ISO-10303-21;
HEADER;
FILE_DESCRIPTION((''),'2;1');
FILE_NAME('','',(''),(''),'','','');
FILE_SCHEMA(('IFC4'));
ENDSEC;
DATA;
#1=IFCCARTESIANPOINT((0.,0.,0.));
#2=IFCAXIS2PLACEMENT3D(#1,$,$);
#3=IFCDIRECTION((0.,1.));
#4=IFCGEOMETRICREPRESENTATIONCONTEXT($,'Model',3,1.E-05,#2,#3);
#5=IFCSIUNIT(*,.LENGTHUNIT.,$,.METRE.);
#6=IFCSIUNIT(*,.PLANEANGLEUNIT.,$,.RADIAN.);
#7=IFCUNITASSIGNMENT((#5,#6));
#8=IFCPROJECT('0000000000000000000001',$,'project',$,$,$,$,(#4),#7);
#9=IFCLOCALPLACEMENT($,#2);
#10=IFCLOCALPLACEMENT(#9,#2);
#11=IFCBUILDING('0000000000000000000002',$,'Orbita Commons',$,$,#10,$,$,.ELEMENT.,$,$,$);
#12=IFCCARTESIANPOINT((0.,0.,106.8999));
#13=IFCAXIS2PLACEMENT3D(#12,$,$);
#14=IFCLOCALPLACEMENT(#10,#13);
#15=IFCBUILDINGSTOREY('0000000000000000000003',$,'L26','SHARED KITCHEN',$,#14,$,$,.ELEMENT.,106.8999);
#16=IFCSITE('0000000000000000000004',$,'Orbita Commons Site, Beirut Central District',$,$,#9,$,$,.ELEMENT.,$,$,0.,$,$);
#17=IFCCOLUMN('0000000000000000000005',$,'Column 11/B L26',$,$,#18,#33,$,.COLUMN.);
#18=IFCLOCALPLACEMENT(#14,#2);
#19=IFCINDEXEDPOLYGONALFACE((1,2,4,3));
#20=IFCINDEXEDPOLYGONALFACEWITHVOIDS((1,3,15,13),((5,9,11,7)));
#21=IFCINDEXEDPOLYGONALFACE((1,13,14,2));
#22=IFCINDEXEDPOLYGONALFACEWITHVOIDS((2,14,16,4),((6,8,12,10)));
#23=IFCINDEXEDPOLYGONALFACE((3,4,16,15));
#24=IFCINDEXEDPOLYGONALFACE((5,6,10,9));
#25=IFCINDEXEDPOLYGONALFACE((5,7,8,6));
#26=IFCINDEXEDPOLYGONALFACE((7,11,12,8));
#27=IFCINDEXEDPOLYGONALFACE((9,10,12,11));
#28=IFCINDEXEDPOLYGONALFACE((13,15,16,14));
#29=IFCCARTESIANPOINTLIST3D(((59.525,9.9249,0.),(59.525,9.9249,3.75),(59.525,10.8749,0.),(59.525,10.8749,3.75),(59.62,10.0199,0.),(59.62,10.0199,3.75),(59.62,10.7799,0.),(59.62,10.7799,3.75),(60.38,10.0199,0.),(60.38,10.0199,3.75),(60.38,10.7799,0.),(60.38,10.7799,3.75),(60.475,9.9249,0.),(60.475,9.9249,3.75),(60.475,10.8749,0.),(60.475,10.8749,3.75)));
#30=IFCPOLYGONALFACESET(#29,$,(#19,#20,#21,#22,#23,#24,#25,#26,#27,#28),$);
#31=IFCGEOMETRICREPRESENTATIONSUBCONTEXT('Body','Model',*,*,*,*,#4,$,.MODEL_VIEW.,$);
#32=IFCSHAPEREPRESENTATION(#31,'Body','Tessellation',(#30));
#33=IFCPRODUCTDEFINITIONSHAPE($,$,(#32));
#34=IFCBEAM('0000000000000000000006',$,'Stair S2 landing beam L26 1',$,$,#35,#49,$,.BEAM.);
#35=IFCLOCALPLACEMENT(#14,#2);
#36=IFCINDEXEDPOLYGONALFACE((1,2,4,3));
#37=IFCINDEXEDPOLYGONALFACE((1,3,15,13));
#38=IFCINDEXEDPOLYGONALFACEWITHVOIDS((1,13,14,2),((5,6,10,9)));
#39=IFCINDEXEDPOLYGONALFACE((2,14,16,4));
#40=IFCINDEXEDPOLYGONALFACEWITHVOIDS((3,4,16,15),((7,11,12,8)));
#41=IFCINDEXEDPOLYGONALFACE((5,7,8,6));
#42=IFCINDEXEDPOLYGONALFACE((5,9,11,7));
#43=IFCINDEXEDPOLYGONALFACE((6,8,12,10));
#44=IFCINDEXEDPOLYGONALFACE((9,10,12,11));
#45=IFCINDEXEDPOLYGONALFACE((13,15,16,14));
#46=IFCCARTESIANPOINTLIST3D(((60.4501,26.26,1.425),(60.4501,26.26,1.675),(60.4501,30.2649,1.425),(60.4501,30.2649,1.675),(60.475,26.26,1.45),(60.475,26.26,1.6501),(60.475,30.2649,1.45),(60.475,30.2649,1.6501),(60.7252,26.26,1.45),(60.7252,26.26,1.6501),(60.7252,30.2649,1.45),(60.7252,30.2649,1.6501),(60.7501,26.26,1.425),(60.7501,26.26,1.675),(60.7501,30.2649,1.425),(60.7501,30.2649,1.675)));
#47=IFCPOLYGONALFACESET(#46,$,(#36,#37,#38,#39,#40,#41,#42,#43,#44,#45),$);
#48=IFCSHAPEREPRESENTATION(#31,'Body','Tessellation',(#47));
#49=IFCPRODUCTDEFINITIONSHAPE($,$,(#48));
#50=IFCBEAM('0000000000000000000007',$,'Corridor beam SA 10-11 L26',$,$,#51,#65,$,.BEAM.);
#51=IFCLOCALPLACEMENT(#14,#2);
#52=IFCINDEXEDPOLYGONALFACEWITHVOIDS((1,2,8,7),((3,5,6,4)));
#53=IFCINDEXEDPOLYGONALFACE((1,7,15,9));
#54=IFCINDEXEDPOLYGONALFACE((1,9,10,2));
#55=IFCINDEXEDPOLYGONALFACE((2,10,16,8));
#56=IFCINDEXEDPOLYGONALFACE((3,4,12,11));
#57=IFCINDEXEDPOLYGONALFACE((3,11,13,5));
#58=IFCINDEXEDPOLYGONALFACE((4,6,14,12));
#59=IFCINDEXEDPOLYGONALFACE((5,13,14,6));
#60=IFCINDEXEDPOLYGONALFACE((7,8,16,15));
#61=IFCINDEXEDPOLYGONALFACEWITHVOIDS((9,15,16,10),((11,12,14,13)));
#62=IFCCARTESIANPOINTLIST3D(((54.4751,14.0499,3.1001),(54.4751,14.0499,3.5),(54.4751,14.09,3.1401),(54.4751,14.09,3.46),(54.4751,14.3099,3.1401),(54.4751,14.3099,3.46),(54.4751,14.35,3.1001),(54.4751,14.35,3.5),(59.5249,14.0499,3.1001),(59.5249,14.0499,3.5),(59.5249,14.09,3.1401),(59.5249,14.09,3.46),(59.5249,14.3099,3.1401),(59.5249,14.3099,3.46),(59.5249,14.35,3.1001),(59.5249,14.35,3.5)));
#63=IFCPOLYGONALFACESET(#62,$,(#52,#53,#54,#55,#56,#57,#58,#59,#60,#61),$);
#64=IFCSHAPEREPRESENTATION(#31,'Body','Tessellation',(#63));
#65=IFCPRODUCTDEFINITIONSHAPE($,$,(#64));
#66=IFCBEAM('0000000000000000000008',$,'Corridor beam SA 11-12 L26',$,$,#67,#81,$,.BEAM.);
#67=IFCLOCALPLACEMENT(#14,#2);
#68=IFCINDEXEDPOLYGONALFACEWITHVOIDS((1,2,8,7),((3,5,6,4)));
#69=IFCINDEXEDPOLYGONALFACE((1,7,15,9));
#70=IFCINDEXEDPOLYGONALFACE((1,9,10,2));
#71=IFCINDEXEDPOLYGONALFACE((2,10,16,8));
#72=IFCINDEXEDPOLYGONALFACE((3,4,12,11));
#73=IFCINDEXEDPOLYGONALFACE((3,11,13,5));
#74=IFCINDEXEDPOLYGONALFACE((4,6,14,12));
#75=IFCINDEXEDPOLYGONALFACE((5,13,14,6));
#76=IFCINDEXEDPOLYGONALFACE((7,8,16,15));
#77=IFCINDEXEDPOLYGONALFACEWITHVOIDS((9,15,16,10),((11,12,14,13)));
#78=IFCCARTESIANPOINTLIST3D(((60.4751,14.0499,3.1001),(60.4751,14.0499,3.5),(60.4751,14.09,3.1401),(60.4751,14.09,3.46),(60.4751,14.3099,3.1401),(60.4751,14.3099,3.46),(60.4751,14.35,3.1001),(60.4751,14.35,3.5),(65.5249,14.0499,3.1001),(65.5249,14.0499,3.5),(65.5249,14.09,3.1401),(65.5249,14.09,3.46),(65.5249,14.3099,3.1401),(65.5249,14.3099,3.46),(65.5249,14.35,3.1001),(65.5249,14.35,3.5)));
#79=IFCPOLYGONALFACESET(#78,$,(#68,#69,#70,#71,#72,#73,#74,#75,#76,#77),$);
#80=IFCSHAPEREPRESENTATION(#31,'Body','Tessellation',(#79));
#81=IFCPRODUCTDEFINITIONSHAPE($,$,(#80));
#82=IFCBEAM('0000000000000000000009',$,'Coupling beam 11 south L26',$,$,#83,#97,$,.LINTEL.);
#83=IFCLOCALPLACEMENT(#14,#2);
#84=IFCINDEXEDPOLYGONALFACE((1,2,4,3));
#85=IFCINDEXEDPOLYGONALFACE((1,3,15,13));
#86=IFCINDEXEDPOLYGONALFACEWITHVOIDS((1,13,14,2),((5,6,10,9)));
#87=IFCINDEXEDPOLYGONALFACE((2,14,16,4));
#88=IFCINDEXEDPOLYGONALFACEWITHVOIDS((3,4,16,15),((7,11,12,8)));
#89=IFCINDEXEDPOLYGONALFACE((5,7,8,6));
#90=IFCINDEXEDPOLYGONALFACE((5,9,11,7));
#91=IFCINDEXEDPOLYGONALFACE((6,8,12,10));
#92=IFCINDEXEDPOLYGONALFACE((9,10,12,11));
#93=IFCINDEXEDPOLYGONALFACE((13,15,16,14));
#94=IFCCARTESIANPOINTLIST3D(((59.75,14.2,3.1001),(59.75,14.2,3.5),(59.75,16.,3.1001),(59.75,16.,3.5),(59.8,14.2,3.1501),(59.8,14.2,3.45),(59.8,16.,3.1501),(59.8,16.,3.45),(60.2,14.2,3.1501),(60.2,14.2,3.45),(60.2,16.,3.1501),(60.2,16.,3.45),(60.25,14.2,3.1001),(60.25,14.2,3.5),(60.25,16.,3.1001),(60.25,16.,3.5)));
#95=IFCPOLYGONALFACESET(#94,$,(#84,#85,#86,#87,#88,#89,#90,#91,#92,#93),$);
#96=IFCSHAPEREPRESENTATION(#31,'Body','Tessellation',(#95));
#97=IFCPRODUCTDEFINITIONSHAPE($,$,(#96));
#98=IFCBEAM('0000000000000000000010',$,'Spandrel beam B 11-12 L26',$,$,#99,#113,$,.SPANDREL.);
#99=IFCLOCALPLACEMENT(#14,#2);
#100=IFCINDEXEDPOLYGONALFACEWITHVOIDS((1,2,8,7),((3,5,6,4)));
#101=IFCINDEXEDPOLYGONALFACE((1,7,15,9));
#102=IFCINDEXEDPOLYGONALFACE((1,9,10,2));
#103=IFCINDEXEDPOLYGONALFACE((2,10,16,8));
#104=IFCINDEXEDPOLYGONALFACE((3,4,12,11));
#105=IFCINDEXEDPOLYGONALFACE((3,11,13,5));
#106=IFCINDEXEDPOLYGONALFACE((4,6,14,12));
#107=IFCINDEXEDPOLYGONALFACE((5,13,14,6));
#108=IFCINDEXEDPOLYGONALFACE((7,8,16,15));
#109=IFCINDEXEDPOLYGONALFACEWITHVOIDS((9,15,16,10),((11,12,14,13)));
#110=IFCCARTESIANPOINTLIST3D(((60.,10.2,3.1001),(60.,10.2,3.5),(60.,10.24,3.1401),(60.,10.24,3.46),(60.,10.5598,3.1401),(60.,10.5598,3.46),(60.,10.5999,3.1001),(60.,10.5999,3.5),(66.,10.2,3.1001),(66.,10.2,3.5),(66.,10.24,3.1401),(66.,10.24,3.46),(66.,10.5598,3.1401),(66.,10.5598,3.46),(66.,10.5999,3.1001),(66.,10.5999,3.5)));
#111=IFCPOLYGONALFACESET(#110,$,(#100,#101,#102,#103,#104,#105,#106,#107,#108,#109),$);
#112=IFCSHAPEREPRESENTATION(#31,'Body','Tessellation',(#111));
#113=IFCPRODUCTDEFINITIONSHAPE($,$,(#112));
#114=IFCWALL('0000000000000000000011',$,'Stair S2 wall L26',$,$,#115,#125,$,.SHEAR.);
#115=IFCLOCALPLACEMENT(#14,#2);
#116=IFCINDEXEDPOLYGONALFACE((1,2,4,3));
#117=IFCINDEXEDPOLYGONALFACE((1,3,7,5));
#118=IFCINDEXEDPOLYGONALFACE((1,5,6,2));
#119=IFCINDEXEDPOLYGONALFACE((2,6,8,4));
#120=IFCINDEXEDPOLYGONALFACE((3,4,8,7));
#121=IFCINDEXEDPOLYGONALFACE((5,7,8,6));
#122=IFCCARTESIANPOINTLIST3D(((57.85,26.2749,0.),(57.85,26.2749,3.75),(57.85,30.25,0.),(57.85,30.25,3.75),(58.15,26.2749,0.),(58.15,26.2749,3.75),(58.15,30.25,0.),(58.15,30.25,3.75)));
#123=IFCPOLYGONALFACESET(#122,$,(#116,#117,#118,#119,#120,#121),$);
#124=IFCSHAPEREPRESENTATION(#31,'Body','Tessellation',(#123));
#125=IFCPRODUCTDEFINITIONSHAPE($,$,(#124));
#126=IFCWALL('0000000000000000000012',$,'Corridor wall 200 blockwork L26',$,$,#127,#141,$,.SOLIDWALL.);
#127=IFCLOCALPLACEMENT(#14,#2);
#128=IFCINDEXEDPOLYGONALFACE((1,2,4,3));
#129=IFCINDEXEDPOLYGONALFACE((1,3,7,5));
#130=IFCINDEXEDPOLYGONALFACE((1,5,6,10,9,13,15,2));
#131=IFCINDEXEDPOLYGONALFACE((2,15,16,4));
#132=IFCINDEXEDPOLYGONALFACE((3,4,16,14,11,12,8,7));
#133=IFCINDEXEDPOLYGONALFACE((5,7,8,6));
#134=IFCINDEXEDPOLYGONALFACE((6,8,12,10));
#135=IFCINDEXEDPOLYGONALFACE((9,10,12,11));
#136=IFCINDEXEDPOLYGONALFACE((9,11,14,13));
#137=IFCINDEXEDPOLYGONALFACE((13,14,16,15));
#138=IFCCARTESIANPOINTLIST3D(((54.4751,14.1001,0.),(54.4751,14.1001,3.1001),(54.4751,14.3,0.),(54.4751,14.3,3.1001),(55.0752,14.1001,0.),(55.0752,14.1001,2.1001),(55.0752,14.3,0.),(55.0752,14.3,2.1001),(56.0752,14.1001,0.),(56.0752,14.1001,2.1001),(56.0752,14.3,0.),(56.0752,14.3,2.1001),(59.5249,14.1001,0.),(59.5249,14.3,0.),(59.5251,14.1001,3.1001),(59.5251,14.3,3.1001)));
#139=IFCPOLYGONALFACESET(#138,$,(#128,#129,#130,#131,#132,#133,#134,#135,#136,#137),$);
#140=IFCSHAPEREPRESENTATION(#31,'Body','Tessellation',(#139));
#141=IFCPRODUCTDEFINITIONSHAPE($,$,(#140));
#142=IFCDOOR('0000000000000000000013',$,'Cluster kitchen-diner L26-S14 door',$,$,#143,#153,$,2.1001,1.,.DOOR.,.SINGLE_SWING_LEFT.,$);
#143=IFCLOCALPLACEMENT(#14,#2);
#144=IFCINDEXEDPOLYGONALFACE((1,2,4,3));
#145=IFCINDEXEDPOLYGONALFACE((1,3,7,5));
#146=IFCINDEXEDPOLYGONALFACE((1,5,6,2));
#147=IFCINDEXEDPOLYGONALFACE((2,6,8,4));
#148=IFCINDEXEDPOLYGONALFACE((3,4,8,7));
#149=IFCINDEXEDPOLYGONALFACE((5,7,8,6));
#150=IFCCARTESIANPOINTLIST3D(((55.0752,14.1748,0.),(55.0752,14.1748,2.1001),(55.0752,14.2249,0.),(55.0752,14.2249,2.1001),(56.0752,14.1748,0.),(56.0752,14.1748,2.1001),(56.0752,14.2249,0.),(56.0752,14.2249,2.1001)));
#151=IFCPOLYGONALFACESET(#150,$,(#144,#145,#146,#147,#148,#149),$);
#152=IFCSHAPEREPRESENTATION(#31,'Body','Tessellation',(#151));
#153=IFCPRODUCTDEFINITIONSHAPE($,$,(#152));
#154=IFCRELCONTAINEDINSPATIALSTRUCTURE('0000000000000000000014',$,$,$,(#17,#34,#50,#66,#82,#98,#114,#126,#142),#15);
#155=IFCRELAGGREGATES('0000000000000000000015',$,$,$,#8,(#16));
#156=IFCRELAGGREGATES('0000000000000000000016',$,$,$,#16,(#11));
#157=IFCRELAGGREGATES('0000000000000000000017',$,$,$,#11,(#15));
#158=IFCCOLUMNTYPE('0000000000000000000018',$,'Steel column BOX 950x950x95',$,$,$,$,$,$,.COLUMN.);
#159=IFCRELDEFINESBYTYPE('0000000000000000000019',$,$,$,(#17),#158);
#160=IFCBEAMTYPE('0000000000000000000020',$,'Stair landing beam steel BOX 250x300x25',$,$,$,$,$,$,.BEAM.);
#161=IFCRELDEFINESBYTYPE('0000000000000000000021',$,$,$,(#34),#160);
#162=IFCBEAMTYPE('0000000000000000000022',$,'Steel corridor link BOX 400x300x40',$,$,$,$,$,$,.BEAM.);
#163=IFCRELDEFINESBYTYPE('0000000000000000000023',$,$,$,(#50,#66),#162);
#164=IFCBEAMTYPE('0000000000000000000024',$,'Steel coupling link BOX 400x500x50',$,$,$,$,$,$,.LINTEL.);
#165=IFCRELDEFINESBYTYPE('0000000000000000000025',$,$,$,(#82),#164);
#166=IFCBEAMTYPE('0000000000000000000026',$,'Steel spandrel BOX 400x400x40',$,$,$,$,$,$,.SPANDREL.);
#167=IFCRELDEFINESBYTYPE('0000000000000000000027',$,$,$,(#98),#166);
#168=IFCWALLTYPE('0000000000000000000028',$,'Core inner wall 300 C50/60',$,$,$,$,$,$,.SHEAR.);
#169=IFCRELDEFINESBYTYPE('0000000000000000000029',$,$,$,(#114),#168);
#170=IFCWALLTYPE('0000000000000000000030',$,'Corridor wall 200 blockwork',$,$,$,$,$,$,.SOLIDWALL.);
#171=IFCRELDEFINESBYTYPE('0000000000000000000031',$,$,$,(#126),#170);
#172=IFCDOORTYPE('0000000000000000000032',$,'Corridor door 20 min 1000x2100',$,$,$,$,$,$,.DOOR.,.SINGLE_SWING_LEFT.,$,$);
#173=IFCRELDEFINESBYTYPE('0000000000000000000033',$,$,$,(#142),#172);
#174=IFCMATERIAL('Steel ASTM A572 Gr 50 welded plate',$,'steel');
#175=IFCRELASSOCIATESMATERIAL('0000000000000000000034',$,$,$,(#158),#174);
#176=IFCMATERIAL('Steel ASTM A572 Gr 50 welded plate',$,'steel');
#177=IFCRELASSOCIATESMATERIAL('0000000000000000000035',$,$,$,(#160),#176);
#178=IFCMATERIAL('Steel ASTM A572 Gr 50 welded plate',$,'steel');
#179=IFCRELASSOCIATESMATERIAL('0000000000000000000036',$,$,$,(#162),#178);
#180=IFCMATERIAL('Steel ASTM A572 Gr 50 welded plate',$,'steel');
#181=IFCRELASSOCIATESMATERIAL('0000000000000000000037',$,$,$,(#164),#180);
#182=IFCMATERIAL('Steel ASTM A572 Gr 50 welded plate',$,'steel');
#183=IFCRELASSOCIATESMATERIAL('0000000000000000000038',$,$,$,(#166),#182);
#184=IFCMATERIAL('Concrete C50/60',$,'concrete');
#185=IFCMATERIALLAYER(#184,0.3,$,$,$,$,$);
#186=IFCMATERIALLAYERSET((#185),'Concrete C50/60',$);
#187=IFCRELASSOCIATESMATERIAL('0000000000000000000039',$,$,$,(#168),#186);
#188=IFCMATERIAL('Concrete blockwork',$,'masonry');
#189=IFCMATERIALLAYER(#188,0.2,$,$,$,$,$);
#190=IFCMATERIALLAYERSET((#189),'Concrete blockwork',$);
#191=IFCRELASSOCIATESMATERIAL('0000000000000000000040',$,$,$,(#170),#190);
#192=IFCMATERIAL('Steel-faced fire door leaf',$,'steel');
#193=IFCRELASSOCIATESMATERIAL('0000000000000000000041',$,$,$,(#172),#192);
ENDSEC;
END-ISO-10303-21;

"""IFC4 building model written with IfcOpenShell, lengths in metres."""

from ifc_helpers import new_model, si_unit, direction, frame, frame_2d, origin, origin_2d, place, context, subcontext, project, spatial, polyline, rectangle, hollow_rectangle, outline, extrude, material, layer, layer_set, material_profile, profile_set, type_object, element, fill, save


model = new_model("IFC4")

# Units and contexts
model_context = context("Model", 3, precision=1e-05, world=origin(), true_north=direction((0.0, 1.0)))
body_context = subcontext(model_context, "Body", "Model", "MODEL_VIEW")
ifc_project = project(units=[si_unit("LENGTHUNIT", "METRE"), si_unit("PLANEANGLEUNIT", "RADIAN")], contexts=[model_context])

# Site, building, storey
site_placement = place(None, origin())
site = spatial("IfcSite", under=ifc_project, at=site_placement, Name="Orbita Commons Site, Beirut Central District", CompositionType="ELEMENT", RefElevation=0.0)
building_placement = place(site_placement, origin())
building = spatial("IfcBuilding", under=site, at=building_placement, Name="Orbita Commons", CompositionType="ELEMENT")
storey_placement = place(building_placement, frame((0.0, 0.0, 106.8999)))
storey = spatial("IfcBuildingStorey", under=building, at=storey_placement, Name="L26", Description="SHARED KITCHEN", CompositionType="ELEMENT", Elevation=106.8999)

# Column
ifc_material_1 = material(Name="Steel ASTM A572 Gr 50 welded plate", Category="steel")
ifc_material_profile_1 = material_profile(ifc_material_1, hollow_rectangle(XDim=0.95, YDim=0.95, WallThickness=0.095, at=origin_2d()), Name="BOX 950x950x95")
ifc_profile_set_1 = profile_set([ifc_material_profile_1], Name="Steel ASTM A572 Gr 50 welded plate")
column_type = type_object("IfcColumnType", Name="Steel column BOX 950x950x95", PredefinedType="COLUMN", material=ifc_profile_set_1)
column_placement = place(storey_placement, frame((60.0, 10.3999, 0.0), z_axis=(0.0, 0.0, 1.0), x_axis=(1.0, 0.0, 0.0)))
element("IfcColumn", 1, at=column_placement, inside=storey, type_object=column_type, Name="Column 11/B L26", PredefinedType="COLUMN", context=body_context, shape_type="SweptSolid", body=[
    extrude(hollow_rectangle(XDim=0.95, YDim=0.95, WallThickness=0.095, at=origin_2d()), origin(), (0.0, 0.0, 1.0), 3.75),
])

# Beams
ifc_material_2 = material(Name="Steel ASTM A572 Gr 50 welded plate", Category="steel")
ifc_material_profile_2 = material_profile(ifc_material_2, hollow_rectangle(XDim=0.3, YDim=0.25, WallThickness=0.0249, at=origin_2d()), Name="BOX 250x300x25")
ifc_profile_set_2 = profile_set([ifc_material_profile_2], Name="Steel ASTM A572 Gr 50 welded plate")
beam_type_1 = type_object("IfcBeamType", Name="Stair landing beam steel BOX 250x300x25", PredefinedType="BEAM", material=ifc_profile_set_2)
beam_1_placement = place(storey_placement, frame((60.6001, 26.26, 1.55), z_axis=(0.0, 1.0, 0.0), x_axis=(-1.0, 0.0, 0.0)))
element("IfcBeam", 2, at=beam_1_placement, inside=storey, type_object=beam_type_1, Name="Stair S2 landing beam L26 1", PredefinedType="BEAM", context=body_context, shape_type="SweptSolid", body=[
    extrude(hollow_rectangle(XDim=0.3, YDim=0.25, WallThickness=0.0249, at=origin_2d()), origin(), (0.0, 0.0, 1.0), 4.0049),
])
ifc_material_3 = material(Name="Steel ASTM A572 Gr 50 welded plate", Category="steel")
ifc_material_profile_3 = material_profile(ifc_material_3, hollow_rectangle(XDim=0.3, YDim=0.3999, WallThickness=0.04, at=origin_2d()), Name="BOX 400x300x40")
ifc_profile_set_3 = profile_set([ifc_material_profile_3], Name="Steel ASTM A572 Gr 50 welded plate")
beam_type_2 = type_object("IfcBeamType", Name="Steel corridor link BOX 400x300x40", PredefinedType="BEAM", material=ifc_profile_set_3)
for number, where, z_axis, x_axis, name in (
    (3, (54.4751, 14.2, 3.3), (1.0, 0.0, 0.0), (0.0, 1.0, 0.0), "Corridor beam SA 10-11 L26"),
    (4, (60.4751, 14.2, 3.3), (1.0, 0.0, 0.0), (0.0, 1.0, 0.0), "Corridor beam SA 11-12 L26"),
):
    element("IfcBeam", number, at=place(storey_placement, frame(where, z_axis=z_axis, x_axis=x_axis)), inside=storey, type_object=beam_type_2, Name=name, PredefinedType="BEAM", context=body_context, shape_type="SweptSolid", body=[
        extrude(hollow_rectangle(XDim=0.3, YDim=0.3999, WallThickness=0.04, at=origin_2d()), origin(), (0.0, 0.0, 1.0), 5.0498),
    ])
ifc_material_4 = material(Name="Steel ASTM A572 Gr 50 welded plate", Category="steel")
ifc_material_profile_4 = material_profile(ifc_material_4, hollow_rectangle(XDim=0.5, YDim=0.3999, WallThickness=0.05, at=origin_2d()), Name="BOX 400x500x50")
ifc_profile_set_4 = profile_set([ifc_material_profile_4], Name="Steel ASTM A572 Gr 50 welded plate")
beam_type_3 = type_object("IfcBeamType", Name="Steel coupling link BOX 400x500x50", PredefinedType="LINTEL", material=ifc_profile_set_4)
beam_2_placement = place(storey_placement, frame((60.0, 14.2, 3.3), z_axis=(0.0, 1.0, 0.0), x_axis=(-1.0, 0.0, 0.0)))
element("IfcBeam", 5, at=beam_2_placement, inside=storey, type_object=beam_type_3, Name="Coupling beam 11 south L26", PredefinedType="LINTEL", context=body_context, shape_type="SweptSolid", body=[
    extrude(hollow_rectangle(XDim=0.5, YDim=0.3999, WallThickness=0.05, at=origin_2d()), origin(), (0.0, 0.0, 1.0), 1.8),
])
ifc_material_5 = material(Name="Steel ASTM A572 Gr 50 welded plate", Category="steel")
ifc_material_profile_5 = material_profile(ifc_material_5, hollow_rectangle(XDim=0.3999, YDim=0.3999, WallThickness=0.04, at=origin_2d()), Name="BOX 400x400x40")
ifc_profile_set_5 = profile_set([ifc_material_profile_5], Name="Steel ASTM A572 Gr 50 welded plate")
beam_type_4 = type_object("IfcBeamType", Name="Steel spandrel BOX 400x400x40", PredefinedType="SPANDREL", material=ifc_profile_set_5)
beam_3_placement = place(storey_placement, frame((60.0, 10.3999, 3.3), z_axis=(1.0, 0.0, 0.0), x_axis=(0.0, 1.0, 0.0)))
element("IfcBeam", 6, at=beam_3_placement, inside=storey, type_object=beam_type_4, Name="Spandrel beam B 11-12 L26", PredefinedType="SPANDREL", context=body_context, shape_type="SweptSolid", body=[
    extrude(hollow_rectangle(XDim=0.3999, YDim=0.3999, WallThickness=0.04, at=origin_2d()), origin(), (0.0, 0.0, 1.0), 6.0),
])

# Wall
ifc_material_6 = material(Name="Concrete C50/60", Category="concrete")
ifc_layer_1 = layer(ifc_material_6, 0.3)
ifc_layer_set_1 = layer_set([ifc_layer_1], Name="Concrete C50/60")
wall_type_1 = type_object("IfcWallType", Name="Core inner wall 300 C50/60", PredefinedType="SHEAR", material=ifc_layer_set_1)
wall_1_placement = place(storey_placement, frame((58.0, 26.2749, 0.0), z_axis=(0.0, 0.0, 1.0), x_axis=(0.0, 1.0, 0.0)))
element("IfcWall", 7, at=wall_1_placement, inside=storey, type_object=wall_type_1, Name="Stair S2 wall L26", PredefinedType="SHEAR", context=body_context, shape_type="SweptSolid", body=[
    extrude(rectangle(XDim=3.9751, YDim=0.3, at=frame_2d((1.9875, 0.0))), origin(), (0.0, 0.0, 1.0), 3.75),
])

# Wall, opening, door
ifc_material_7 = material(Name="Concrete blockwork", Category="masonry")
ifc_layer_2 = layer(ifc_material_7, 0.2)
ifc_layer_set_2 = layer_set([ifc_layer_2], Name="Concrete blockwork")
wall_type_2 = type_object("IfcWallType", Name="Corridor wall 200 blockwork", PredefinedType="SOLIDWALL", material=ifc_layer_set_2)
wall_2_placement = place(storey_placement, frame((54.4751, 14.2, 0.0), z_axis=(0.0, 0.0, 1.0), x_axis=(1.0, 0.0, 0.0)))
wall_2 = element("IfcWall", 8, at=wall_2_placement, inside=storey, type_object=wall_type_2, Name="Corridor wall 200 blockwork L26", PredefinedType="SOLIDWALL", context=body_context, shape_type="SweptSolid", body=[
    extrude(outline(polyline([(0.0, 0.0), (5.0498, 0.0), (5.05, 3.1001), (0.0, 3.1001), (0.0, 0.0)])), frame((0.0, 0.1001, 0.0), z_axis=(0.0, -1.0, 0.0), x_axis=(1.0, 0.0, 0.0)), (0.0, 0.0, 1.0), 0.2),
])
opening_1_placement = place(wall_2_placement, frame((0.6001, 0.0, 0.0)))
opening_1 = element("IfcOpeningElement", 9, at=opening_1_placement, cuts=wall_2, PredefinedType="OPENING", context=body_context, shape_type="SweptSolid", body=[
    extrude(rectangle(XDim=1.0, YDim=2.1001, at=frame_2d((0.5, 1.05))), frame((0.0, 0.1099, 0.0), z_axis=(0.0, -1.0, 0.0), x_axis=(1.0, 0.0, 0.0)), (0.0, 0.0, 1.0), 0.22),
])
ifc_material_8 = material(Name="Steel-faced fire door leaf", Category="steel")
door_type_1 = type_object("IfcDoorType", Name="Corridor door 20 min 1000x2100", OperationType="SINGLE_SWING_LEFT", PredefinedType="DOOR", material=ifc_material_8)
door_1_placement = place(opening_1_placement, origin())
door_1 = element("IfcDoor", 10, at=door_1_placement, inside=storey, type_object=door_type_1, Name="Cluster kitchen-diner L26-S14 door", OperationType="SINGLE_SWING_LEFT", OverallHeight=2.1001, OverallWidth=1.0, PredefinedType="DOOR", context=body_context, shape_type="SweptSolid", body=[
    extrude(rectangle(XDim=1.0, YDim=2.1001, at=frame_2d((0.5, 1.05))), frame((0.0, 0.0249, 0.0), z_axis=(0.0, -1.0, 0.0), x_axis=(1.0, 0.0, 0.0)), (0.0, 0.0, 1.0), 0.05),
])
fill(opening_1, door_1)

save(model, "model.ifc")
